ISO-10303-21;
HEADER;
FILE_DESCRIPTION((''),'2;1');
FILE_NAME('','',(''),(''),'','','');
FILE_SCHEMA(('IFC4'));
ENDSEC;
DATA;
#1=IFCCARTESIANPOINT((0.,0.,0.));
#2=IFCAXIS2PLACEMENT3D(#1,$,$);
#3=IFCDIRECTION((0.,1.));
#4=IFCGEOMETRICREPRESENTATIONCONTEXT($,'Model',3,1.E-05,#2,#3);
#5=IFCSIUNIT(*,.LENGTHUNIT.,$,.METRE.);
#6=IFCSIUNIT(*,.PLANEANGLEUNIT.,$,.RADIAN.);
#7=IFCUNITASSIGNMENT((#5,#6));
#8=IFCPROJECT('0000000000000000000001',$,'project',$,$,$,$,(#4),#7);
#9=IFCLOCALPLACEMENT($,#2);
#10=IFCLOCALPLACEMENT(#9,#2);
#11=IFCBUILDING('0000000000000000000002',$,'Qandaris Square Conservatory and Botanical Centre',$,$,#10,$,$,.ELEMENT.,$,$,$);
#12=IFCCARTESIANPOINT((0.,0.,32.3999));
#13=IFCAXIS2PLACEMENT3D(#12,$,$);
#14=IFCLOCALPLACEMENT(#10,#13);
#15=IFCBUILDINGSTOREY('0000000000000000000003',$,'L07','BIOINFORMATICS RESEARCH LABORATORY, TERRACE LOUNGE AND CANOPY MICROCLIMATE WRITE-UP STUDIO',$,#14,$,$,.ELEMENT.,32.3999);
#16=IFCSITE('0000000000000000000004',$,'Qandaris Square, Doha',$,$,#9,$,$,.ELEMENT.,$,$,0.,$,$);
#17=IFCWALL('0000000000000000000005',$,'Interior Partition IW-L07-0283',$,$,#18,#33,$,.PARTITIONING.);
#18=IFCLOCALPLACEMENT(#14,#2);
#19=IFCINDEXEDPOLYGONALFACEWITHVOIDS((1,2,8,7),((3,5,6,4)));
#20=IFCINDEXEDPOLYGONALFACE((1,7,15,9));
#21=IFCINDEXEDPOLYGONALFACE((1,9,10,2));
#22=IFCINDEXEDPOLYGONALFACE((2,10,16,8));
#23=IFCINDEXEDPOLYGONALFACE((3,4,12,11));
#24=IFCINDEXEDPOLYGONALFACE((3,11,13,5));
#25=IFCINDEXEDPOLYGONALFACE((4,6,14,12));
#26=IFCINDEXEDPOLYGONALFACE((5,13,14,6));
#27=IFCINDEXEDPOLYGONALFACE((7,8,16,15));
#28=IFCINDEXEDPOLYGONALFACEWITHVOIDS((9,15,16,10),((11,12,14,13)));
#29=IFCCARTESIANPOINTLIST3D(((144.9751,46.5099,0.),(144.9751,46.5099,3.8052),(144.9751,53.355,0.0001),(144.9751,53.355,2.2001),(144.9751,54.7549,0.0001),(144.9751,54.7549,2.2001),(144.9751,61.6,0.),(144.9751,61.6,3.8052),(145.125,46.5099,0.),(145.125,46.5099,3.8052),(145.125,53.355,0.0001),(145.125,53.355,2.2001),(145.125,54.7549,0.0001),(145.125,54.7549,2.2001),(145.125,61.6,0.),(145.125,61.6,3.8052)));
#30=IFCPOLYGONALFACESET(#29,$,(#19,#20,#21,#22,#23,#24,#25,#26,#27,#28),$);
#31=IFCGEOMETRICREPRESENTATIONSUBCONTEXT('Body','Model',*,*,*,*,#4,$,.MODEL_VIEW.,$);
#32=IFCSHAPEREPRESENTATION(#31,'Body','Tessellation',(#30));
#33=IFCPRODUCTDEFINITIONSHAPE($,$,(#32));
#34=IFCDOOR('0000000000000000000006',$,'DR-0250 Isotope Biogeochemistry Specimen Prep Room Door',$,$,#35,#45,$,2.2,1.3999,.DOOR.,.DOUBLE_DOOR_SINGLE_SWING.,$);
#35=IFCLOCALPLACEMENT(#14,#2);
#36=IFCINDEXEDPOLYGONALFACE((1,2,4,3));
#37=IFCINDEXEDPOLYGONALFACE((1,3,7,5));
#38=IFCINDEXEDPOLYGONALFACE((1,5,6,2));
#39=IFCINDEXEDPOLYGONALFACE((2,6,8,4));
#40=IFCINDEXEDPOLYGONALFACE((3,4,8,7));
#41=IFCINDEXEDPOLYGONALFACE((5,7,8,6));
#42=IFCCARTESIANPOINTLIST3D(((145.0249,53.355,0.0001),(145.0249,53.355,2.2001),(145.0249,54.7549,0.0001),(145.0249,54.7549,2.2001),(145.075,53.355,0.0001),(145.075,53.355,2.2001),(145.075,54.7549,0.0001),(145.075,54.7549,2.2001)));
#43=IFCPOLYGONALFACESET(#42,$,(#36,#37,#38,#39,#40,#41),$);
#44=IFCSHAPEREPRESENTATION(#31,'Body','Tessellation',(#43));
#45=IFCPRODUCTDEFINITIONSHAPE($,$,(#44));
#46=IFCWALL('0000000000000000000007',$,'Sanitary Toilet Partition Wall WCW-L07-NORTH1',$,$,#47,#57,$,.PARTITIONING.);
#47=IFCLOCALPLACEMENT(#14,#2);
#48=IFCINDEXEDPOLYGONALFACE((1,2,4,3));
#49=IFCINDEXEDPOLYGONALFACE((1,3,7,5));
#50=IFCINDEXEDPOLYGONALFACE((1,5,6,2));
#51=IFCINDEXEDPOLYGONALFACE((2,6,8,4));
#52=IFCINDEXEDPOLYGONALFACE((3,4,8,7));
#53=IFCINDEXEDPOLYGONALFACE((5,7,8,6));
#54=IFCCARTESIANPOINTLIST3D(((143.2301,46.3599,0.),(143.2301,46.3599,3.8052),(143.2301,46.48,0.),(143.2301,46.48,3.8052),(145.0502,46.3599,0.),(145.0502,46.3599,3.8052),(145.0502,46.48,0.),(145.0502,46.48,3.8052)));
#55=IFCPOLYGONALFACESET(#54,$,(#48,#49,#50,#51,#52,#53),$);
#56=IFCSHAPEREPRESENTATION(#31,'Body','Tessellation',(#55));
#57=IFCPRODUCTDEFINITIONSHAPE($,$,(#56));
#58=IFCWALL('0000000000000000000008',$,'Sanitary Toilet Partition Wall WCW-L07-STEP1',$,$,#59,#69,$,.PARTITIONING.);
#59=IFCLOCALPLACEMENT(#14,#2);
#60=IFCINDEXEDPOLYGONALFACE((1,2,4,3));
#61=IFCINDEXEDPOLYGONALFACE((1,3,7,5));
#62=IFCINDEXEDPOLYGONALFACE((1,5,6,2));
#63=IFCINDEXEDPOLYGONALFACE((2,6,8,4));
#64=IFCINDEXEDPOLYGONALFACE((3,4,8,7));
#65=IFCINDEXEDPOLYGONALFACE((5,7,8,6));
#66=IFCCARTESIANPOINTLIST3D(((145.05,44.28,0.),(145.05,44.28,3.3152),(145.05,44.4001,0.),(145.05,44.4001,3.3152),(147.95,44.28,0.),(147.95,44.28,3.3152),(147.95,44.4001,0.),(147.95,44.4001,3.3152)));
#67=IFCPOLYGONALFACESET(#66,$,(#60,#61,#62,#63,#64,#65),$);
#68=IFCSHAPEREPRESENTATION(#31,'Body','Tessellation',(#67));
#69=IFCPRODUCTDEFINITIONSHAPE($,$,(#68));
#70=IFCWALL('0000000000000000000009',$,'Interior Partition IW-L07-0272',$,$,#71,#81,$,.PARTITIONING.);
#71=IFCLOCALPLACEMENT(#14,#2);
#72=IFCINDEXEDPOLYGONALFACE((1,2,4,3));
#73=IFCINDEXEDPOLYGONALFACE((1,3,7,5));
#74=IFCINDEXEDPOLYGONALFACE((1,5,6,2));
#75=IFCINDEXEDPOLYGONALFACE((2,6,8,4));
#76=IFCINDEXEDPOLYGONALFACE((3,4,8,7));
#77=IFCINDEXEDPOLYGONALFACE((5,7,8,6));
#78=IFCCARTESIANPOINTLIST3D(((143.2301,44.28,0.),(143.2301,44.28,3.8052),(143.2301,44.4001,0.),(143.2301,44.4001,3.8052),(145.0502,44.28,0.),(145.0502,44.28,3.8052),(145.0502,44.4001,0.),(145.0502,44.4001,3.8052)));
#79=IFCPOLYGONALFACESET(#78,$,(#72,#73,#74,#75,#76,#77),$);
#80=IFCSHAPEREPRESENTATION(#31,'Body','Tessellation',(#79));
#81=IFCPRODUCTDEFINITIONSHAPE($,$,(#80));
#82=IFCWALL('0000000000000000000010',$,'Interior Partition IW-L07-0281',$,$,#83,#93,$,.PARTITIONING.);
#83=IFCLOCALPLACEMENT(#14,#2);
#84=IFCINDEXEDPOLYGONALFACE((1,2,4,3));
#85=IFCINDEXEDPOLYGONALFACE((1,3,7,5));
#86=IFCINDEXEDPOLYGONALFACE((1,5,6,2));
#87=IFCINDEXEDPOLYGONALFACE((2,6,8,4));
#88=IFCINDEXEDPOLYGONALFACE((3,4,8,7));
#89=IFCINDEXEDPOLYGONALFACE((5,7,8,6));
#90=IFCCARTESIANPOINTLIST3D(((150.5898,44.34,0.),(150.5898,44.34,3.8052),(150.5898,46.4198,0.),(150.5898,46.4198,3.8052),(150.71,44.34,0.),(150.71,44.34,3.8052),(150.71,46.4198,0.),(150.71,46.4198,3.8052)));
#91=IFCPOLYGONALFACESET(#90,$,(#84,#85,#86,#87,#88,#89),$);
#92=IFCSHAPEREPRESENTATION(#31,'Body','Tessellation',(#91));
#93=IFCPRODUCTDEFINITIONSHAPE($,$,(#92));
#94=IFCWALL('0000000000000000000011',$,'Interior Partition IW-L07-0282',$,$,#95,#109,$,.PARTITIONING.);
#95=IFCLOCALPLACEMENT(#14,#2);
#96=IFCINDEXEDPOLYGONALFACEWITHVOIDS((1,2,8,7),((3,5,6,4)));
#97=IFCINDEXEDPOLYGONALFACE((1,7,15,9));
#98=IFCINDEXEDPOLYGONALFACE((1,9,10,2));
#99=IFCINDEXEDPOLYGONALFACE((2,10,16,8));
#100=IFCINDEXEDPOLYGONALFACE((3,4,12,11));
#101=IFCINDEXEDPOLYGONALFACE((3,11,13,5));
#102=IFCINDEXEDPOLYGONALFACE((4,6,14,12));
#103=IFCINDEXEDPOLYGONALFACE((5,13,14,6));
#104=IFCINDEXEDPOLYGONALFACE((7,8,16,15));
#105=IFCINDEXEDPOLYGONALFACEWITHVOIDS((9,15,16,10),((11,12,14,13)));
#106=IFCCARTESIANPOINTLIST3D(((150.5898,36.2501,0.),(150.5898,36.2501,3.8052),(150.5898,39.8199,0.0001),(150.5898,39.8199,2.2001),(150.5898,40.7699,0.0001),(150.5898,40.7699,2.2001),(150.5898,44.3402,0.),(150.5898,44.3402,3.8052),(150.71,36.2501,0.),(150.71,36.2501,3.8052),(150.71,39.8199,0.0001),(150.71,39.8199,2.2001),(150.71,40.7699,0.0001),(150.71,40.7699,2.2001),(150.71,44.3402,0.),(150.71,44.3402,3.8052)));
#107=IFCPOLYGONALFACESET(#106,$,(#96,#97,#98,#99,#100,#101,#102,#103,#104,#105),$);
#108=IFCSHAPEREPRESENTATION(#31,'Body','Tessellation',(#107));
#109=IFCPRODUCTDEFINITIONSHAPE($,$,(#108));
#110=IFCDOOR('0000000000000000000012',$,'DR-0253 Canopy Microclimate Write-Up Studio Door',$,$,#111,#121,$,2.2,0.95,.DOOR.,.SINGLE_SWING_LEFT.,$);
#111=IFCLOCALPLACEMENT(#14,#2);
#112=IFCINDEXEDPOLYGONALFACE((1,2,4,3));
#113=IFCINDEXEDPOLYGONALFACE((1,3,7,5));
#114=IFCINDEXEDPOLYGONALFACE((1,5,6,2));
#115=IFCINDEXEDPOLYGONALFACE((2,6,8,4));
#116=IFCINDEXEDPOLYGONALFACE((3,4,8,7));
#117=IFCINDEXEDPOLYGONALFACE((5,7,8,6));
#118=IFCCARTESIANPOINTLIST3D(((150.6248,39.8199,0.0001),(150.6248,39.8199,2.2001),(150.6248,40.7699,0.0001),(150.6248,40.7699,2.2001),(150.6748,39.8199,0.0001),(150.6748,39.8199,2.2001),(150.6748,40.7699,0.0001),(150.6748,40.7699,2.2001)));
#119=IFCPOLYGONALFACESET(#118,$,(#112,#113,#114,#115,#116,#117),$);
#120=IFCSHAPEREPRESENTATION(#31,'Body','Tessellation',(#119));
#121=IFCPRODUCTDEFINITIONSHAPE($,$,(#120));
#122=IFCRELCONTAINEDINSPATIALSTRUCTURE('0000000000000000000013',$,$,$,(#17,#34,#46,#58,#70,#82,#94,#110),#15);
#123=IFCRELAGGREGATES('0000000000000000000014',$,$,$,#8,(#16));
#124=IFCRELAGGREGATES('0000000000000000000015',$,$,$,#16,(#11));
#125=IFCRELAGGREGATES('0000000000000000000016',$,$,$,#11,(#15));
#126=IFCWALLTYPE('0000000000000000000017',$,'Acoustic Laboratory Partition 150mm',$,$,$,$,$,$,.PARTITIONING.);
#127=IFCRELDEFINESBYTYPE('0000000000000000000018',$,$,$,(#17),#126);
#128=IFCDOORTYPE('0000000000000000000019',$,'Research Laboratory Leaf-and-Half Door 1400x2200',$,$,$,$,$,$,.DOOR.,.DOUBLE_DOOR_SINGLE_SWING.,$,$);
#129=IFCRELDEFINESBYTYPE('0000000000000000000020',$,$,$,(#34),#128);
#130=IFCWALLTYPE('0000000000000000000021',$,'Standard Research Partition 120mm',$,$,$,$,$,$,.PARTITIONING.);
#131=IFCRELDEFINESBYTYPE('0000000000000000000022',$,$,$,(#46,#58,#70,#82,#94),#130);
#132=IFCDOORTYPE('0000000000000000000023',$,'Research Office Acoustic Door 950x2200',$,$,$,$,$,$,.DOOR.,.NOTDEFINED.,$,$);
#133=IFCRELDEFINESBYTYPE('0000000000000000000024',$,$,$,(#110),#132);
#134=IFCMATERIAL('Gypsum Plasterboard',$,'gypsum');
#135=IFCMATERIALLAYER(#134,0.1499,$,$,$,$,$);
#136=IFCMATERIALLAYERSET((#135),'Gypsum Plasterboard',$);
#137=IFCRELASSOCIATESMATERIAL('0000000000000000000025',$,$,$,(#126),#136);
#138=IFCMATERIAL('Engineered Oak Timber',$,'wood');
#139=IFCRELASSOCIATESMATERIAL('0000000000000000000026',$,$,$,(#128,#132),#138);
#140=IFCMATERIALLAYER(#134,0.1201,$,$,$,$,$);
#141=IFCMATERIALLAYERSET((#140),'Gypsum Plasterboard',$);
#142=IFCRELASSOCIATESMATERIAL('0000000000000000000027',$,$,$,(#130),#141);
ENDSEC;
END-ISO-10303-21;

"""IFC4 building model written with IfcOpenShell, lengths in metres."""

from ifc_helpers import new_model, si_unit, direction, frame, frame_2d, origin, place, context, subcontext, project, spatial, rectangle, extrude, material, layer, layer_set, type_object, element, fill, save


model = new_model("IFC4")

# Units and contexts
model_context = context("Model", 3, precision=1e-05, world=origin(), true_north=direction((0.0, 1.0)))
body_context = subcontext(model_context, "Body", "Model", "MODEL_VIEW")
ifc_project = project(units=[si_unit("LENGTHUNIT", "METRE"), si_unit("PLANEANGLEUNIT", "RADIAN")], contexts=[model_context])

# Site, building, storey
site_placement = place(None, origin())
site = spatial("IfcSite", under=ifc_project, at=site_placement, Name="Qandaris Square, Doha", CompositionType="ELEMENT", RefElevation=0.0)
building_placement = place(site_placement, origin())
building = spatial("IfcBuilding", under=site, at=building_placement, Name="Qandaris Square Conservatory and Botanical Centre", CompositionType="ELEMENT")
storey_placement = place(building_placement, frame((0.0, 0.0, 32.3999)))
storey = spatial("IfcBuildingStorey", under=building, at=storey_placement, Name="L07", Description="BIOINFORMATICS RESEARCH LABORATORY, TERRACE LOUNGE AND CANOPY MICROCLIMATE WRITE-UP STUDIO", CompositionType="ELEMENT", Elevation=32.3999)

# Wall, opening, door
ifc_material_1 = material(Name="Gypsum Plasterboard", Category="gypsum")
ifc_layer_1 = layer(ifc_material_1, 0.1499)
ifc_layer_set_1 = layer_set([ifc_layer_1], Name="Gypsum Plasterboard")
wall_type_1 = type_object("IfcWallType", Name="Acoustic Laboratory Partition 150mm", PredefinedType="PARTITIONING", material=ifc_layer_set_1)
wall_1_placement = place(storey_placement, frame((145.05, 46.51, 0.0), z_axis=(0.0, 0.0, 1.0), x_axis=(0.0, 1.0, 0.0)))
wall_1 = element("IfcWall", 1, at=wall_1_placement, inside=storey, type_object=wall_type_1, Name="Interior Partition IW-L07-0283", PredefinedType="PARTITIONING", context=body_context, shape_type="SweptSolid", body=[
    extrude(rectangle(XDim=15.0901, YDim=0.1499, at=frame_2d((7.5449, 0.0))), origin(), (0.0, 0.0, 1.0), 3.8052),
])
opening_1_placement = place(wall_1_placement, frame((6.845, 0.0, 0.0)))
opening_1 = element("IfcOpeningElement", 2, at=opening_1_placement, cuts=wall_1, PredefinedType="OPENING", context=body_context, shape_type="SweptSolid", body=[
    extrude(rectangle(XDim=1.3999, YDim=2.2, at=frame_2d((0.7, 1.1001))), frame((0.0, 0.0869, 0.0), z_axis=(0.0, -1.0, 0.0), x_axis=(1.0, 0.0, 0.0)), (0.0, 0.0, 1.0), 0.1738),
])
ifc_material_2 = material(Name="Engineered Oak Timber", Category="wood")
door_type_1 = type_object("IfcDoorType", Name="Research Laboratory Leaf-and-Half Door 1400x2200", OperationType="DOUBLE_DOOR_SINGLE_SWING", PredefinedType="DOOR", material=ifc_material_2)
door_1_placement = place(opening_1_placement, frame((1.3999, 0.0, 0.0), z_axis=(0.0, 0.0, 1.0), x_axis=(-1.0, 0.0, 0.0)))
door_1 = element("IfcDoor", 3, at=door_1_placement, inside=storey, type_object=door_type_1, Name="DR-0250 Isotope Biogeochemistry Specimen Prep Room Door", OperationType="DOUBLE_DOOR_SINGLE_SWING", OverallHeight=2.2, OverallWidth=1.3999, PredefinedType="DOOR", context=body_context, shape_type="SweptSolid", body=[
    extrude(rectangle(XDim=1.3999, YDim=2.2, at=frame_2d((0.7, 1.1001))), frame((0.0, 0.0249, 0.0), z_axis=(0.0, -1.0, 0.0), x_axis=(1.0, 0.0, 0.0)), (0.0, 0.0, 1.0), 0.05),
])
fill(opening_1, door_1)

# Walls
ifc_layer_2 = layer(ifc_material_1, 0.1201)
ifc_layer_set_2 = layer_set([ifc_layer_2], Name="Gypsum Plasterboard")
wall_type_2 = type_object("IfcWallType", Name="Standard Research Partition 120mm", PredefinedType="PARTITIONING", material=ifc_layer_set_2)
wall_2_placement = place(storey_placement, frame((143.23, 46.4199, 0.0), z_axis=(0.0, 0.0, 1.0), x_axis=(1.0, 0.0, 0.0)))
element("IfcWall", 4, at=wall_2_placement, inside=storey, type_object=wall_type_2, Name="Sanitary Toilet Partition Wall WCW-L07-NORTH1", PredefinedType="PARTITIONING", context=body_context, shape_type="SweptSolid", body=[
    extrude(rectangle(XDim=1.8201, YDim=0.1201, at=frame_2d((0.9102, 0.0))), origin(), (0.0, 0.0, 1.0), 3.8052),
])
wall_3_placement = place(storey_placement, frame((145.05, 44.3401, 0.0), z_axis=(0.0, 0.0, 1.0), x_axis=(1.0, 0.0, 0.0)))
element("IfcWall", 5, at=wall_3_placement, inside=storey, type_object=wall_type_2, Name="Sanitary Toilet Partition Wall WCW-L07-STEP1", PredefinedType="PARTITIONING", context=body_context, shape_type="SweptSolid", body=[
    extrude(rectangle(XDim=2.8999, YDim=0.1201, at=frame_2d((1.45, 0.0))), origin(), (0.0, 0.0, 1.0), 3.3152),
])
wall_4_placement = place(storey_placement, frame((143.23, 44.3401, 0.0), z_axis=(0.0, 0.0, 1.0), x_axis=(1.0, 0.0, 0.0)))
element("IfcWall", 6, at=wall_4_placement, inside=storey, type_object=wall_type_2, Name="Interior Partition IW-L07-0272", PredefinedType="PARTITIONING", context=body_context, shape_type="SweptSolid", body=[
    extrude(rectangle(XDim=1.8201, YDim=0.1201, at=frame_2d((0.9102, 0.0))), origin(), (0.0, 0.0, 1.0), 3.8052),
])

# Wall
wall_5_placement = place(storey_placement, frame((150.6499, 46.4199, 0.0), z_axis=(0.0, 0.0, 1.0), x_axis=(0.0, -1.0, 0.0)))
element("IfcWall", 7, at=wall_5_placement, inside=storey, type_object=wall_type_2, Name="Interior Partition IW-L07-0281", PredefinedType="PARTITIONING", context=body_context, shape_type="SweptSolid", body=[
    extrude(rectangle(XDim=2.0798, YDim=0.1201, at=frame_2d((1.04, 0.0))), origin(), (0.0, 0.0, 1.0), 3.8052),
])

# Wall, opening, door
wall_6_placement = place(storey_placement, frame((150.6499, 44.3401, 0.0), z_axis=(0.0, 0.0, 1.0), x_axis=(0.0, -1.0, 0.0)))
wall_6 = element("IfcWall", 8, at=wall_6_placement, inside=storey, type_object=wall_type_2, Name="Interior Partition IW-L07-0282", PredefinedType="PARTITIONING", context=body_context, shape_type="SweptSolid", body=[
    extrude(rectangle(XDim=8.0901, YDim=0.1201, at=frame_2d((4.0449, 0.0))), origin(), (0.0, 0.0, 1.0), 3.8052),
])
opening_2_placement = place(wall_6_placement, frame((3.5701, 0.0, 0.0)))
opening_2 = element("IfcOpeningElement", 9, at=opening_2_placement, cuts=wall_6, PredefinedType="OPENING", context=body_context, shape_type="SweptSolid", body=[
    extrude(rectangle(XDim=0.95, YDim=2.2, at=frame_2d((0.4751, 1.1001))), frame((0.0, 0.072, 0.0), z_axis=(0.0, -1.0, 0.0), x_axis=(1.0, 0.0, 0.0)), (0.0, 0.0, 1.0), 0.144),
])
door_type_2 = type_object("IfcDoorType", Name="Research Office Acoustic Door 950x2200", OperationType="NOTDEFINED", PredefinedType="DOOR", material=ifc_material_2)
door_2_placement = place(opening_2_placement, origin())
door_2 = element("IfcDoor", 10, at=door_2_placement, inside=storey, type_object=door_type_2, Name="DR-0253 Canopy Microclimate Write-Up Studio Door", OperationType="SINGLE_SWING_LEFT", OverallHeight=2.2, OverallWidth=0.95, PredefinedType="DOOR", context=body_context, shape_type="SweptSolid", body=[
    extrude(rectangle(XDim=0.95, YDim=2.2, at=frame_2d((0.4751, 1.1001))), frame((0.0, 0.0249, 0.0), z_axis=(0.0, -1.0, 0.0), x_axis=(1.0, 0.0, 0.0)), (0.0, 0.0, 1.0), 0.05),
])
fill(opening_2, door_2)

save(model, "model.ifc")
